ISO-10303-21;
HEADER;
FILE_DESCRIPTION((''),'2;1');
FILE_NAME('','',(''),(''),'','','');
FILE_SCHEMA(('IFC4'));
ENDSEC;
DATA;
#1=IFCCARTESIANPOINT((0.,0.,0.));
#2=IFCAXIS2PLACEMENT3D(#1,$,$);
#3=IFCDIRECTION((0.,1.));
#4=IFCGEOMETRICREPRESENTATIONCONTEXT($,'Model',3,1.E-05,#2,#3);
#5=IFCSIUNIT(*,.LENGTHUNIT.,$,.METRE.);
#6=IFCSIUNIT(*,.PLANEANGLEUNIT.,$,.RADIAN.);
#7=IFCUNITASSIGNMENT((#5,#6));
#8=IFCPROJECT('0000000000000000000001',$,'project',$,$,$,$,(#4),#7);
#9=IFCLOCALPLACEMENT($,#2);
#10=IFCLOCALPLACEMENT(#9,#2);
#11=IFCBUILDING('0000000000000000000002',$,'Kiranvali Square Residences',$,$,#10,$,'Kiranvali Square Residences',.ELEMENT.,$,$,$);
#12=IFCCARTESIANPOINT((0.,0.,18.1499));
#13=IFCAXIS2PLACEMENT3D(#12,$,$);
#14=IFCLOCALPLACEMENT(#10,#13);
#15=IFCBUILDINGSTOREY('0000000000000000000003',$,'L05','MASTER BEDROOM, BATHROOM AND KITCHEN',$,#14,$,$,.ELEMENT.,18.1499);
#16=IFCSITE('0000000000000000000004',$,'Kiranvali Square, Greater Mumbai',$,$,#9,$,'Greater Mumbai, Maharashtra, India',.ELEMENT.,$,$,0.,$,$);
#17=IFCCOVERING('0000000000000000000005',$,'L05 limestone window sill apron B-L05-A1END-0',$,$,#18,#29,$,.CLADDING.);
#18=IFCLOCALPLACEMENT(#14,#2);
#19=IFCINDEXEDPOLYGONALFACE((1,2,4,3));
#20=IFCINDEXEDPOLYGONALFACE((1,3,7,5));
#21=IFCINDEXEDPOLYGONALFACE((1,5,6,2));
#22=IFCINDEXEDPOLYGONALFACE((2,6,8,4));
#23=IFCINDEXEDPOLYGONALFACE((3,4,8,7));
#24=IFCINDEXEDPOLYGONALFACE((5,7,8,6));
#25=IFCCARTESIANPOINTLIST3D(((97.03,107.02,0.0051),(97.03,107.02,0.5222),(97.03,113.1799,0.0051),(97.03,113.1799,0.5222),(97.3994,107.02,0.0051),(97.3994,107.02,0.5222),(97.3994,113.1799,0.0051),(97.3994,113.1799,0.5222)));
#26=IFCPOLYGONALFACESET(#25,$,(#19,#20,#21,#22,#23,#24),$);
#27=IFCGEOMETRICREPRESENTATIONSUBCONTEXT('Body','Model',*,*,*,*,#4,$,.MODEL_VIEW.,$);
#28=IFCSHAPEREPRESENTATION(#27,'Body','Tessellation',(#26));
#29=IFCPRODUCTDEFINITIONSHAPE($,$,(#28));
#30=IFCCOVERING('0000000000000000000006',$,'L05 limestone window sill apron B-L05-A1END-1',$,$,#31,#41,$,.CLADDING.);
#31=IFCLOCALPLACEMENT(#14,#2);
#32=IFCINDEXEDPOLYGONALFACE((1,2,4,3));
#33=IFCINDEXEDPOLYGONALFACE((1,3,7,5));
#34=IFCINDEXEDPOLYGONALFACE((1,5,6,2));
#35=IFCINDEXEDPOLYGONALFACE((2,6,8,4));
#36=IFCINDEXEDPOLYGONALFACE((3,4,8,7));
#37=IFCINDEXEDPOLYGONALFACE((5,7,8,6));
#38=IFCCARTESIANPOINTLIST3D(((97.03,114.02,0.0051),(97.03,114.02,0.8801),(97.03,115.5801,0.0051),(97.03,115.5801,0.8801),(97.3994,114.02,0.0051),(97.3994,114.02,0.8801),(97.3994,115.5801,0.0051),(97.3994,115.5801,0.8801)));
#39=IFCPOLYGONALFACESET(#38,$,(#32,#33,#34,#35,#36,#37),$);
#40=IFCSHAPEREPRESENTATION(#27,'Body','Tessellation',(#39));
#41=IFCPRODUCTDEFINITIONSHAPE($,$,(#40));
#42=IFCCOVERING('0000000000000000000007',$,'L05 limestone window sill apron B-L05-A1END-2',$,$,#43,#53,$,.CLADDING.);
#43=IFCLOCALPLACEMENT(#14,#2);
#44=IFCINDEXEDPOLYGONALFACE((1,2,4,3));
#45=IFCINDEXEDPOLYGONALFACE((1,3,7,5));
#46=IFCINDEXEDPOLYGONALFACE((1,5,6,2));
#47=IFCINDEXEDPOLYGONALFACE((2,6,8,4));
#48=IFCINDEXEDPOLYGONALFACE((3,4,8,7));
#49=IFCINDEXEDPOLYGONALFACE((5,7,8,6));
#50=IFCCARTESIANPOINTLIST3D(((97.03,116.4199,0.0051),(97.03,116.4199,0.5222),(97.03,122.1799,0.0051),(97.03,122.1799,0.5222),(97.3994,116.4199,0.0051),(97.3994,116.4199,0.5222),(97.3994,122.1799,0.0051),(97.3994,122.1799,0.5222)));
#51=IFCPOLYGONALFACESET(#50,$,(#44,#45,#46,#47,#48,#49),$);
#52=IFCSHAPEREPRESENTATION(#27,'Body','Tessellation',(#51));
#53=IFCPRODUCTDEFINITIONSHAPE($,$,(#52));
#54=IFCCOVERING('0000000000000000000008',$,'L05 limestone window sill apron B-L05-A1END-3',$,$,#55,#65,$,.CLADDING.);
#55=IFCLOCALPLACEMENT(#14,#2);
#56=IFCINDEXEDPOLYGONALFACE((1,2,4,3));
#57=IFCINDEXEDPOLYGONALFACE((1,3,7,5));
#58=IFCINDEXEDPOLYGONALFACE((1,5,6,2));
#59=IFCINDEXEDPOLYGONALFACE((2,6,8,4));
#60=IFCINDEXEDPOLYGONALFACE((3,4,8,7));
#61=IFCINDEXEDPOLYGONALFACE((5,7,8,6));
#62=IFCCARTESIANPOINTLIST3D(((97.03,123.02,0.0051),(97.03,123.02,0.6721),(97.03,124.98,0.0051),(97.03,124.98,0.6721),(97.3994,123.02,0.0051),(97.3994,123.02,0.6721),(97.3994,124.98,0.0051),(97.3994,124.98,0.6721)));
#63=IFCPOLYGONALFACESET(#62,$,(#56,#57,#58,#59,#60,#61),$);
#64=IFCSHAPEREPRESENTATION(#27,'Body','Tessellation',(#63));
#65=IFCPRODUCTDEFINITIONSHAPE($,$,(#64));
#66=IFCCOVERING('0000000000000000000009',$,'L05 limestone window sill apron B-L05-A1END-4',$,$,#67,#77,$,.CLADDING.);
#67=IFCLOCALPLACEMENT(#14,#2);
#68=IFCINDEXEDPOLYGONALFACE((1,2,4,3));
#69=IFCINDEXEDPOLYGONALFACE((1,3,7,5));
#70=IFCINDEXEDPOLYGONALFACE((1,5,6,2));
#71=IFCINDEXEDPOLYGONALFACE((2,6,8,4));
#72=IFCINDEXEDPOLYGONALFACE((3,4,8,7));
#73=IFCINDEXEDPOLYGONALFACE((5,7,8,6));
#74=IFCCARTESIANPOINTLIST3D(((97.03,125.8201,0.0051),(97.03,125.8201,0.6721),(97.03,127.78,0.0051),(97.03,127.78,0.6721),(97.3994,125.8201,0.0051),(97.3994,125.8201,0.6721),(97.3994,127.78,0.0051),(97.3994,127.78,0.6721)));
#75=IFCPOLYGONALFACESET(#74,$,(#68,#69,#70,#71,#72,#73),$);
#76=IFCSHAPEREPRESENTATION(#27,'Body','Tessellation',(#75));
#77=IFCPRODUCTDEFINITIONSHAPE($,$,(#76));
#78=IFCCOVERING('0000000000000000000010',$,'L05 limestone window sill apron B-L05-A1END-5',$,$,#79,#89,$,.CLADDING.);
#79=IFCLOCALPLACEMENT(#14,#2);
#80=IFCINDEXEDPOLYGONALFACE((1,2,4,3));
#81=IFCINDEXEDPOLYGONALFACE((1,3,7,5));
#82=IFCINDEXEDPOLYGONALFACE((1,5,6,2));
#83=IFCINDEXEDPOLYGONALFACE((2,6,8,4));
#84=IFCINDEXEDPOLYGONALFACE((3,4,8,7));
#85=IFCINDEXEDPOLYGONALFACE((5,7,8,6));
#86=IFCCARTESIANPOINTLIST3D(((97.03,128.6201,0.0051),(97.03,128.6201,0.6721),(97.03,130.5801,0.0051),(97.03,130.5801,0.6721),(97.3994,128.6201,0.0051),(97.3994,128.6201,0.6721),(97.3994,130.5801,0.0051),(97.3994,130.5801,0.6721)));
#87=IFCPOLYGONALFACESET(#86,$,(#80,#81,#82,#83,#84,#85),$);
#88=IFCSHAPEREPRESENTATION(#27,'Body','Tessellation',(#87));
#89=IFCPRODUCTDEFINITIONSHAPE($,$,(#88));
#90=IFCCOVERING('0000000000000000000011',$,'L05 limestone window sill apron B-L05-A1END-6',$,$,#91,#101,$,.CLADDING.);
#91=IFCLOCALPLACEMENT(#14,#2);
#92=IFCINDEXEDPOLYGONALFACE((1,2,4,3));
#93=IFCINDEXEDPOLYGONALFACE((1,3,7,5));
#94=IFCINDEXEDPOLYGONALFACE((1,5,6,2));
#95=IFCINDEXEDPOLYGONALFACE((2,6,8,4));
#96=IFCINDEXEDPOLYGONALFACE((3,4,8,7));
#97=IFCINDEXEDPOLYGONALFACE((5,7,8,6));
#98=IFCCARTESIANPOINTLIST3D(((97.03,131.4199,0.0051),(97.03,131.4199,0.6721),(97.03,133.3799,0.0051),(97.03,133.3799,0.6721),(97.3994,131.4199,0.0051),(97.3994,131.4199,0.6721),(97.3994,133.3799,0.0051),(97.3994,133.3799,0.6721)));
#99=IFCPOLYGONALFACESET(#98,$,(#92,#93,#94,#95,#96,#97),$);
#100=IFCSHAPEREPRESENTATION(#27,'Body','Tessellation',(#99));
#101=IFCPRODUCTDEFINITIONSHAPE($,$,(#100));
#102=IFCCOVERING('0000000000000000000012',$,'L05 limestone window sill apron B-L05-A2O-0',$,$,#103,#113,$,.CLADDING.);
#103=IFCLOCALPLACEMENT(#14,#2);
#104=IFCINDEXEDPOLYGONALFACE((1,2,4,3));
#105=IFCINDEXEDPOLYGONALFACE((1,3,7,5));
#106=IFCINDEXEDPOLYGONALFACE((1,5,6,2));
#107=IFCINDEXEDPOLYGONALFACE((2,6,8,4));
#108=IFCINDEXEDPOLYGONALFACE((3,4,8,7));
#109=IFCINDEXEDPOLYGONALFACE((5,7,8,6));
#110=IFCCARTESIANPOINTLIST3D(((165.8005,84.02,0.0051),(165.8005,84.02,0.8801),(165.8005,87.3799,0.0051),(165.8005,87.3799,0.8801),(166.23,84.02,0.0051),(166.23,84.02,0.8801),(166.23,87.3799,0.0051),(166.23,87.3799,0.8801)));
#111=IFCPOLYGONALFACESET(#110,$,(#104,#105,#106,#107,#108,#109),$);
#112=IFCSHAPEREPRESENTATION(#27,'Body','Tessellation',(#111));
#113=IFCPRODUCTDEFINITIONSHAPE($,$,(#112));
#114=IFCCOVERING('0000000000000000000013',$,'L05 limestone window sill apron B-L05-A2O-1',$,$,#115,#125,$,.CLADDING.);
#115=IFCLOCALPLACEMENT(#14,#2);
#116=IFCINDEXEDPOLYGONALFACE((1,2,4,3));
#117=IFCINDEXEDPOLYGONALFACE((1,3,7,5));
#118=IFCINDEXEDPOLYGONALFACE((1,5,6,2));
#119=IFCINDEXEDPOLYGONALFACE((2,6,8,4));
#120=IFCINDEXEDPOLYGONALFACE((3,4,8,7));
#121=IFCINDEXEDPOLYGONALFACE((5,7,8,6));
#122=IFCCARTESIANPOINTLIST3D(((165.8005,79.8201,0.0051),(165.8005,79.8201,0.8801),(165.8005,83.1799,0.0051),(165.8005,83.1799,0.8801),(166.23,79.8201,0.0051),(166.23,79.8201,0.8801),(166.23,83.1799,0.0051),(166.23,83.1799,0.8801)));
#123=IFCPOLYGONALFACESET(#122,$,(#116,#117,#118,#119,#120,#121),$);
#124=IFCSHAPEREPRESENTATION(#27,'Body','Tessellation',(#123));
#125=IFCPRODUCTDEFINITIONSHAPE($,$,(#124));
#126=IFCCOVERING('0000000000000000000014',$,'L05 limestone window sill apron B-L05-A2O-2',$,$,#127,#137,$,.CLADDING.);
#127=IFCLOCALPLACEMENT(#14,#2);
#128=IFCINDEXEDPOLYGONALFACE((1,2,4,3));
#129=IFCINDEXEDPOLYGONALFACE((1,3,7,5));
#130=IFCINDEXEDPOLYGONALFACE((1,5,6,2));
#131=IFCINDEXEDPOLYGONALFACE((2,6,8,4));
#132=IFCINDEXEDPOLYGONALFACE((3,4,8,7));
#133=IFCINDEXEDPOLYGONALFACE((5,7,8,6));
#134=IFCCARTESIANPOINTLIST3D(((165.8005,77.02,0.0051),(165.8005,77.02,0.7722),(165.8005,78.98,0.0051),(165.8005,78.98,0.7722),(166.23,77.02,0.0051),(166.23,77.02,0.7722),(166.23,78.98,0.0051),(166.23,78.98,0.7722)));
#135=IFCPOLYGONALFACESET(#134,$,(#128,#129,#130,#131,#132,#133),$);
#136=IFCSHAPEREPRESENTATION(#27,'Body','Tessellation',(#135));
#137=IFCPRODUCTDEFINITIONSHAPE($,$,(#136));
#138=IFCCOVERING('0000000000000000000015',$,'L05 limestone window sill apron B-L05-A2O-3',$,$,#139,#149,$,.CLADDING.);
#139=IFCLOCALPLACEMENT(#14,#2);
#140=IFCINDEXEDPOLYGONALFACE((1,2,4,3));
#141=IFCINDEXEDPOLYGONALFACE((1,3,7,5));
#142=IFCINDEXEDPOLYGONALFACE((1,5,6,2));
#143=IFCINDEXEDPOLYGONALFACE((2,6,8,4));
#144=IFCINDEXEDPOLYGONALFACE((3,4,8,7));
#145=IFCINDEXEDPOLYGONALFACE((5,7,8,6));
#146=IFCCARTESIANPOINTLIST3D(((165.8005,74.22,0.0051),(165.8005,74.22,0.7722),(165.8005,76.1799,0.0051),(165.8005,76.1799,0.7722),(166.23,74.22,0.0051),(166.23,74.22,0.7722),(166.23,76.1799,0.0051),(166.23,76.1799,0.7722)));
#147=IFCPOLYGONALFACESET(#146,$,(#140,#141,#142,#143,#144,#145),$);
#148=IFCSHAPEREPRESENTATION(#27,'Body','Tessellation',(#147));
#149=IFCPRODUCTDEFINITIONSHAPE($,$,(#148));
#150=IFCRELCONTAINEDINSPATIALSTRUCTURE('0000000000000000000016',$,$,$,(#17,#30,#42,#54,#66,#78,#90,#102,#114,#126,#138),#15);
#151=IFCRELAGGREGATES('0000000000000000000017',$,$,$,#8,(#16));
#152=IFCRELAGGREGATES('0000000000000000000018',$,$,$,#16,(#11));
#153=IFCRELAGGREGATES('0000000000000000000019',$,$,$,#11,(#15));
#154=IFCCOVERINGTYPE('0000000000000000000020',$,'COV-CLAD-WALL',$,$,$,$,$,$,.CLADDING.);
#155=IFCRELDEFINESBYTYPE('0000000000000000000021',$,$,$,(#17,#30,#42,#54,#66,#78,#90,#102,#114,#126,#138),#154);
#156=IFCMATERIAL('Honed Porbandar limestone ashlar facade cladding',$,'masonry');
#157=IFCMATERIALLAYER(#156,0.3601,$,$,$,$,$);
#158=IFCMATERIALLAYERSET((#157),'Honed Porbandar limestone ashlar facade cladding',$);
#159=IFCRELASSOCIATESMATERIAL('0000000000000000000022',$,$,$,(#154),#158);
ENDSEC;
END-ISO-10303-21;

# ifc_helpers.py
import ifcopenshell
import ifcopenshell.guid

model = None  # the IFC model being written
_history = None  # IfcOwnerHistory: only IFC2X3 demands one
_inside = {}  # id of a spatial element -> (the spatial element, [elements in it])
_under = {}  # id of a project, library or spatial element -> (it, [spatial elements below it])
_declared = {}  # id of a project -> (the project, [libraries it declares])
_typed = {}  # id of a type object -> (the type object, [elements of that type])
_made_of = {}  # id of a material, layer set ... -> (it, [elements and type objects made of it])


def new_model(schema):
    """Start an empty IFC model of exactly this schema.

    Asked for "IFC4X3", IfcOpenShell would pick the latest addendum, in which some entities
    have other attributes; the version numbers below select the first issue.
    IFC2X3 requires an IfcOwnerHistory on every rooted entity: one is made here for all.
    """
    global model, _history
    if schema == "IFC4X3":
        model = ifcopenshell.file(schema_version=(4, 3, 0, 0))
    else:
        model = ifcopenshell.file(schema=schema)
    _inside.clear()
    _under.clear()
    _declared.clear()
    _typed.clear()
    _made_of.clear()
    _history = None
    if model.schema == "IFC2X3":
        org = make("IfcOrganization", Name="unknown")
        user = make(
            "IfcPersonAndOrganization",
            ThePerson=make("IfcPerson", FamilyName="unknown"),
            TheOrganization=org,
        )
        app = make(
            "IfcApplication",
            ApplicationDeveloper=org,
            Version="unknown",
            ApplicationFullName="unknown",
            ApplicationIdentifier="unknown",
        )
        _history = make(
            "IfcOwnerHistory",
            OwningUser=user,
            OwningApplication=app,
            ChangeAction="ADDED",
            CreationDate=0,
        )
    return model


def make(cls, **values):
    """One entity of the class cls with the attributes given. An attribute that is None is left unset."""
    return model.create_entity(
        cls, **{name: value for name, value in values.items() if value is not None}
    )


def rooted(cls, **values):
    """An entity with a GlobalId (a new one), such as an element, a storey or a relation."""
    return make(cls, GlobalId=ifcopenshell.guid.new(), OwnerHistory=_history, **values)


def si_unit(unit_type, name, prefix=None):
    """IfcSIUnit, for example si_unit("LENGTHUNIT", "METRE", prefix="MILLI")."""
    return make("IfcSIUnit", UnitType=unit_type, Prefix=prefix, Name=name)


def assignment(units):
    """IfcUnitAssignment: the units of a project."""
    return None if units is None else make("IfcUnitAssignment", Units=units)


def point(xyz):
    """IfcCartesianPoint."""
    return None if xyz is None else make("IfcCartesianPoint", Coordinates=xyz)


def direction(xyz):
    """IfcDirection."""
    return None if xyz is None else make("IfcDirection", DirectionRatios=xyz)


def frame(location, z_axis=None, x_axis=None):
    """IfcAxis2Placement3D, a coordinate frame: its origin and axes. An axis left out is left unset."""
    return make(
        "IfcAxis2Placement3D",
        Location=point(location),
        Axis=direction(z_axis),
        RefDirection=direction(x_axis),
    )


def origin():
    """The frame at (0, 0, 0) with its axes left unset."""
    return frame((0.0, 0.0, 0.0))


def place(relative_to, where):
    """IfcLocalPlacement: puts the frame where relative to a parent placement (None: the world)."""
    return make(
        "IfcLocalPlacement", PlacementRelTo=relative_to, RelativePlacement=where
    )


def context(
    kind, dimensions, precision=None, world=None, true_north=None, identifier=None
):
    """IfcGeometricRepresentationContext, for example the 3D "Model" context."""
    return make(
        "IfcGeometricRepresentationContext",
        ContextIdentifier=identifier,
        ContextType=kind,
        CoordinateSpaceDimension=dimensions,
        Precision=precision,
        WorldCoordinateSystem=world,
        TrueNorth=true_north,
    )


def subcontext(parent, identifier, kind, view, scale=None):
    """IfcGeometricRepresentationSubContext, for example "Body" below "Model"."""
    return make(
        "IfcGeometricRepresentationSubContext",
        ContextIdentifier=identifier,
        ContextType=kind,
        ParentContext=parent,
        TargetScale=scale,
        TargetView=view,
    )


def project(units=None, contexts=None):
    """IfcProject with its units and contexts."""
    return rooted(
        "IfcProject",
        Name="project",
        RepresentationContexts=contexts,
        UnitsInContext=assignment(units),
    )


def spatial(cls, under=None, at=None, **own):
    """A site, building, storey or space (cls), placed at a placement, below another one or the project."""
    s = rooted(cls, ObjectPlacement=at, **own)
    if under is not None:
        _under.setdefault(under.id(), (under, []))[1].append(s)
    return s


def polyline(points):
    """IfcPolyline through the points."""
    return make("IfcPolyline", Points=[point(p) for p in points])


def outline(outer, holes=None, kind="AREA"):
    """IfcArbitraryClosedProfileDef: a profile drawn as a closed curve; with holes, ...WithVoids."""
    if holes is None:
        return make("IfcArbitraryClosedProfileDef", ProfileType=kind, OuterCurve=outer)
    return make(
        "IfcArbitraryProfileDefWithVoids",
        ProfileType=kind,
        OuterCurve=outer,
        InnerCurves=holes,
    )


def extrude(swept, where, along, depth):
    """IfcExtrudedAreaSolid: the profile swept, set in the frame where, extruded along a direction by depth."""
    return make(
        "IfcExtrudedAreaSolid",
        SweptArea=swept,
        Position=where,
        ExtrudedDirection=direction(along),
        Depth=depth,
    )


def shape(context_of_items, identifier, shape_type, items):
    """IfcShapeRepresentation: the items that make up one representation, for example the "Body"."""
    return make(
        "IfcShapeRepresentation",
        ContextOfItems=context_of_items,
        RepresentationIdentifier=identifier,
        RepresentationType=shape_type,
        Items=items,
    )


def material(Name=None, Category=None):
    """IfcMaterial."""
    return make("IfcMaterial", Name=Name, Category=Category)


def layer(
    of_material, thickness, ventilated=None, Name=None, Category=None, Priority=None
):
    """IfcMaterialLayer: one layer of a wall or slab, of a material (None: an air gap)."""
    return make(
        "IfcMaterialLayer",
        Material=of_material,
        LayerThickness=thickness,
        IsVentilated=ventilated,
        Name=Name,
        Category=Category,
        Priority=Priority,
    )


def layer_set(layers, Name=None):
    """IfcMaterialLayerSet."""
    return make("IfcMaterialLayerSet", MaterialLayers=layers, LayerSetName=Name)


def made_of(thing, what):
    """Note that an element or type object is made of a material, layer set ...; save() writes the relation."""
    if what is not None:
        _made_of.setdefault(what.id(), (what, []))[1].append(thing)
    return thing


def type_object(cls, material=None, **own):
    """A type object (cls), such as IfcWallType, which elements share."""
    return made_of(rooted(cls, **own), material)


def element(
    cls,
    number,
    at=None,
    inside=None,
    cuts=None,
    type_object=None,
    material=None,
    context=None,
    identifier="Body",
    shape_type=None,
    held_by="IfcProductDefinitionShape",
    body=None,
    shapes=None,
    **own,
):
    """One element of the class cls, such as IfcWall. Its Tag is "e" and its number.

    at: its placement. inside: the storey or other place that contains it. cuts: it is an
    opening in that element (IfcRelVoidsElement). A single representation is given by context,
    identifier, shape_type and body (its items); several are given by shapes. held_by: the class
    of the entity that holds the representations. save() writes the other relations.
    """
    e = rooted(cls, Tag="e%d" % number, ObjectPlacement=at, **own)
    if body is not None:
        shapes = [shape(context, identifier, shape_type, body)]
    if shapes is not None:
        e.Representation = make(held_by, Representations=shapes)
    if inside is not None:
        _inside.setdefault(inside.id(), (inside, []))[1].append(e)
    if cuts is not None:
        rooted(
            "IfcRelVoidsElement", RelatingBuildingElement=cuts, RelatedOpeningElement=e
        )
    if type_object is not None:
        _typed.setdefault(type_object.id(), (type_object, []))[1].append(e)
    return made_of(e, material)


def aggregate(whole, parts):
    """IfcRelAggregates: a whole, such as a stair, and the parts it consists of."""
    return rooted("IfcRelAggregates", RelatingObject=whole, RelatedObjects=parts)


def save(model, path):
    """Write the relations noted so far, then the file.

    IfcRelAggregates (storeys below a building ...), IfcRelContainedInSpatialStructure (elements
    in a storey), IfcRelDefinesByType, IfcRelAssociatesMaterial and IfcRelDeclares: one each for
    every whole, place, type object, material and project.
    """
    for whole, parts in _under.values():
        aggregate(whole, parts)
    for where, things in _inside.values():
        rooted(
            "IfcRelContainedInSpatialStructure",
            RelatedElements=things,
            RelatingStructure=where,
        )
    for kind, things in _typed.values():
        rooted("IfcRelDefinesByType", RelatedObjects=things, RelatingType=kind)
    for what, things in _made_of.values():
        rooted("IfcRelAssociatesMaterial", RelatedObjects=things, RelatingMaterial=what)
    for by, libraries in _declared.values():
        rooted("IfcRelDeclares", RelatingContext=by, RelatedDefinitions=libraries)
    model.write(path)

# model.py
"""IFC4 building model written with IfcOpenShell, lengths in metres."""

from ifc_helpers import new_model, si_unit, direction, frame, origin, place, context, subcontext, project, spatial, polyline, outline, extrude, material, layer, layer_set, type_object, element, save


model = new_model("IFC4")

# Units and contexts
model_context = context("Model", 3, precision=1e-05, world=origin(), true_north=direction((0.0, 1.0)))
body_context = subcontext(model_context, "Body", "Model", "MODEL_VIEW")
ifc_project = project(units=[si_unit("LENGTHUNIT", "METRE"), si_unit("PLANEANGLEUNIT", "RADIAN")], contexts=[model_context])

# Site, building, storey
site_placement = place(None, origin())
site = spatial("IfcSite", under=ifc_project, at=site_placement, Name="Kiranvali Square, Greater Mumbai", LongName="Greater Mumbai, Maharashtra, India", CompositionType="ELEMENT", RefElevation=0.0)
building_placement = place(site_placement, origin())
building = spatial("IfcBuilding", under=site, at=building_placement, Name="Kiranvali Square Residences", LongName="Kiranvali Square Residences", CompositionType="ELEMENT")
storey_placement = place(building_placement, frame((0.0, 0.0, 18.1499)))
storey = spatial("IfcBuildingStorey", under=building, at=storey_placement, Name="L05", Description="MASTER BEDROOM, BATHROOM AND KITCHEN", CompositionType="ELEMENT", Elevation=18.1499)

# Coverings
ifc_material_1 = material(Name="Honed Porbandar limestone ashlar facade cladding", Category="masonry")
ifc_layer_1 = layer(ifc_material_1, 0.3601)
ifc_layer_set_1 = layer_set([ifc_layer_1], Name="Honed Porbandar limestone ashlar facade cladding")
covering_type_1 = type_object("IfcCoveringType", Name="COV-CLAD-WALL", PredefinedType="CLADDING", material=ifc_layer_set_1)
covering_1_placement = place(storey_placement, frame((0.0, 0.0, 0.0051)))
element("IfcCovering", 1, at=covering_1_placement, inside=storey, type_object=covering_type_1, Name="L05 limestone window sill apron B-L05-A1END-0", PredefinedType="CLADDING", context=body_context, shape_type="SweptSolid", body=[
    extrude(outline(polyline([(97.3994, 107.02), (97.3994, 113.1799), (97.03, 113.1799), (97.03, 107.02), (97.3994, 107.02)])), origin(), (0.0, 0.0, 1.0), 0.5171),
])
covering_2_placement = place(storey_placement, frame((0.0, 0.0, 0.0051)))
element("IfcCovering", 2, at=covering_2_placement, inside=storey, type_object=covering_type_1, Name="L05 limestone window sill apron B-L05-A1END-1", PredefinedType="CLADDING", context=body_context, shape_type="SweptSolid", body=[
    extrude(outline(polyline([(97.3994, 114.02), (97.3994, 115.5801), (97.03, 115.5801), (97.03, 114.02), (97.3994, 114.02)])), origin(), (0.0, 0.0, 1.0), 0.875),
])
covering_3_placement = place(storey_placement, frame((0.0, 0.0, 0.0051)))
element("IfcCovering", 3, at=covering_3_placement, inside=storey, type_object=covering_type_1, Name="L05 limestone window sill apron B-L05-A1END-2", PredefinedType="CLADDING", context=body_context, shape_type="SweptSolid", body=[
    extrude(outline(polyline([(97.3994, 116.4199), (97.3994, 122.1799), (97.03, 122.1799), (97.03, 116.4199), (97.3994, 116.4199)])), origin(), (0.0, 0.0, 1.0), 0.5171),
])
covering_4_placement = place(storey_placement, frame((0.0, 0.0, 0.0051)))
element("IfcCovering", 4, at=covering_4_placement, inside=storey, type_object=covering_type_1, Name="L05 limestone window sill apron B-L05-A1END-3", PredefinedType="CLADDING", context=body_context, shape_type="SweptSolid", body=[
    extrude(outline(polyline([(97.3994, 123.02), (97.3994, 124.98), (97.03, 124.98), (97.03, 123.02), (97.3994, 123.02)])), origin(), (0.0, 0.0, 1.0), 0.667),
])
covering_5_placement = place(storey_placement, frame((0.0, 0.0, 0.0051)))
element("IfcCovering", 5, at=covering_5_placement, inside=storey, type_object=covering_type_1, Name="L05 limestone window sill apron B-L05-A1END-4", PredefinedType="CLADDING", context=body_context, shape_type="SweptSolid", body=[
    extrude(outline(polyline([(97.3994, 125.8201), (97.3994, 127.78), (97.03, 127.78), (97.03, 125.8201), (97.3994, 125.8201)])), origin(), (0.0, 0.0, 1.0), 0.667),
])
covering_6_placement = place(storey_placement, frame((0.0, 0.0, 0.0051)))
element("IfcCovering", 6, at=covering_6_placement, inside=storey, type_object=covering_type_1, Name="L05 limestone window sill apron B-L05-A1END-5", PredefinedType="CLADDING", context=body_context, shape_type="SweptSolid", body=[
    extrude(outline(polyline([(97.3994, 128.6201), (97.3994, 130.5801), (97.03, 130.5801), (97.03, 128.6201), (97.3994, 128.6201)])), origin(), (0.0, 0.0, 1.0), 0.667),
])
covering_7_placement = place(storey_placement, frame((0.0, 0.0, 0.0051)))
element("IfcCovering", 7, at=covering_7_placement, inside=storey, type_object=covering_type_1, Name="L05 limestone window sill apron B-L05-A1END-6", PredefinedType="CLADDING", context=body_context, shape_type="SweptSolid", body=[
    extrude(outline(polyline([(97.3994, 131.4199), (97.3994, 133.3799), (97.03, 133.3799), (97.03, 131.4199), (97.3994, 131.4199)])), origin(), (0.0, 0.0, 1.0), 0.667),
])
covering_8_placement = place(storey_placement, frame((0.0, 0.0, 0.0051)))
element("IfcCovering", 8, at=covering_8_placement, inside=storey, type_object=covering_type_1, Name="L05 limestone window sill apron B-L05-A2O-0", PredefinedType="CLADDING", context=body_context, shape_type="SweptSolid", body=[
    extrude(outline(polyline([(165.8005, 87.3799), (165.8005, 84.02), (166.23, 84.02), (166.23, 87.3799), (165.8005, 87.3799)])), origin(), (0.0, 0.0, 1.0), 0.875),
])
covering_9_placement = place(storey_placement, frame((0.0, 0.0, 0.0051)))
element("IfcCovering", 9, at=covering_9_placement, inside=storey, type_object=covering_type_1, Name="L05 limestone window sill apron B-L05-A2O-1", PredefinedType="CLADDING", context=body_context, shape_type="SweptSolid", body=[
    extrude(outline(polyline([(165.8005, 83.1799), (165.8005, 79.8201), (166.23, 79.8201), (166.23, 83.1799), (165.8005, 83.1799)])), origin(), (0.0, 0.0, 1.0), 0.875),
])
covering_10_placement = place(storey_placement, frame((0.0, 0.0, 0.0051)))
element("IfcCovering", 10, at=covering_10_placement, inside=storey, type_object=covering_type_1, Name="L05 limestone window sill apron B-L05-A2O-2", PredefinedType="CLADDING", context=body_context, shape_type="SweptSolid", body=[
    extrude(outline(polyline([(165.8005, 78.98), (165.8005, 77.02), (166.23, 77.02), (166.23, 78.98), (165.8005, 78.98)])), origin(), (0.0, 0.0, 1.0), 0.7671),
])
covering_11_placement = place(storey_placement, frame((0.0, 0.0, 0.0051)))
element("IfcCovering", 11, at=covering_11_placement, inside=storey, type_object=covering_type_1, Name="L05 limestone window sill apron B-L05-A2O-3", PredefinedType="CLADDING", context=body_context, shape_type="SweptSolid", body=[
    extrude(outline(polyline([(165.8005, 76.1799), (165.8005, 74.22), (166.23, 74.22), (166.23, 76.1799), (165.8005, 76.1799)])), origin(), (0.0, 0.0, 1.0), 0.7671),
])

save(model, "model.ifc")
